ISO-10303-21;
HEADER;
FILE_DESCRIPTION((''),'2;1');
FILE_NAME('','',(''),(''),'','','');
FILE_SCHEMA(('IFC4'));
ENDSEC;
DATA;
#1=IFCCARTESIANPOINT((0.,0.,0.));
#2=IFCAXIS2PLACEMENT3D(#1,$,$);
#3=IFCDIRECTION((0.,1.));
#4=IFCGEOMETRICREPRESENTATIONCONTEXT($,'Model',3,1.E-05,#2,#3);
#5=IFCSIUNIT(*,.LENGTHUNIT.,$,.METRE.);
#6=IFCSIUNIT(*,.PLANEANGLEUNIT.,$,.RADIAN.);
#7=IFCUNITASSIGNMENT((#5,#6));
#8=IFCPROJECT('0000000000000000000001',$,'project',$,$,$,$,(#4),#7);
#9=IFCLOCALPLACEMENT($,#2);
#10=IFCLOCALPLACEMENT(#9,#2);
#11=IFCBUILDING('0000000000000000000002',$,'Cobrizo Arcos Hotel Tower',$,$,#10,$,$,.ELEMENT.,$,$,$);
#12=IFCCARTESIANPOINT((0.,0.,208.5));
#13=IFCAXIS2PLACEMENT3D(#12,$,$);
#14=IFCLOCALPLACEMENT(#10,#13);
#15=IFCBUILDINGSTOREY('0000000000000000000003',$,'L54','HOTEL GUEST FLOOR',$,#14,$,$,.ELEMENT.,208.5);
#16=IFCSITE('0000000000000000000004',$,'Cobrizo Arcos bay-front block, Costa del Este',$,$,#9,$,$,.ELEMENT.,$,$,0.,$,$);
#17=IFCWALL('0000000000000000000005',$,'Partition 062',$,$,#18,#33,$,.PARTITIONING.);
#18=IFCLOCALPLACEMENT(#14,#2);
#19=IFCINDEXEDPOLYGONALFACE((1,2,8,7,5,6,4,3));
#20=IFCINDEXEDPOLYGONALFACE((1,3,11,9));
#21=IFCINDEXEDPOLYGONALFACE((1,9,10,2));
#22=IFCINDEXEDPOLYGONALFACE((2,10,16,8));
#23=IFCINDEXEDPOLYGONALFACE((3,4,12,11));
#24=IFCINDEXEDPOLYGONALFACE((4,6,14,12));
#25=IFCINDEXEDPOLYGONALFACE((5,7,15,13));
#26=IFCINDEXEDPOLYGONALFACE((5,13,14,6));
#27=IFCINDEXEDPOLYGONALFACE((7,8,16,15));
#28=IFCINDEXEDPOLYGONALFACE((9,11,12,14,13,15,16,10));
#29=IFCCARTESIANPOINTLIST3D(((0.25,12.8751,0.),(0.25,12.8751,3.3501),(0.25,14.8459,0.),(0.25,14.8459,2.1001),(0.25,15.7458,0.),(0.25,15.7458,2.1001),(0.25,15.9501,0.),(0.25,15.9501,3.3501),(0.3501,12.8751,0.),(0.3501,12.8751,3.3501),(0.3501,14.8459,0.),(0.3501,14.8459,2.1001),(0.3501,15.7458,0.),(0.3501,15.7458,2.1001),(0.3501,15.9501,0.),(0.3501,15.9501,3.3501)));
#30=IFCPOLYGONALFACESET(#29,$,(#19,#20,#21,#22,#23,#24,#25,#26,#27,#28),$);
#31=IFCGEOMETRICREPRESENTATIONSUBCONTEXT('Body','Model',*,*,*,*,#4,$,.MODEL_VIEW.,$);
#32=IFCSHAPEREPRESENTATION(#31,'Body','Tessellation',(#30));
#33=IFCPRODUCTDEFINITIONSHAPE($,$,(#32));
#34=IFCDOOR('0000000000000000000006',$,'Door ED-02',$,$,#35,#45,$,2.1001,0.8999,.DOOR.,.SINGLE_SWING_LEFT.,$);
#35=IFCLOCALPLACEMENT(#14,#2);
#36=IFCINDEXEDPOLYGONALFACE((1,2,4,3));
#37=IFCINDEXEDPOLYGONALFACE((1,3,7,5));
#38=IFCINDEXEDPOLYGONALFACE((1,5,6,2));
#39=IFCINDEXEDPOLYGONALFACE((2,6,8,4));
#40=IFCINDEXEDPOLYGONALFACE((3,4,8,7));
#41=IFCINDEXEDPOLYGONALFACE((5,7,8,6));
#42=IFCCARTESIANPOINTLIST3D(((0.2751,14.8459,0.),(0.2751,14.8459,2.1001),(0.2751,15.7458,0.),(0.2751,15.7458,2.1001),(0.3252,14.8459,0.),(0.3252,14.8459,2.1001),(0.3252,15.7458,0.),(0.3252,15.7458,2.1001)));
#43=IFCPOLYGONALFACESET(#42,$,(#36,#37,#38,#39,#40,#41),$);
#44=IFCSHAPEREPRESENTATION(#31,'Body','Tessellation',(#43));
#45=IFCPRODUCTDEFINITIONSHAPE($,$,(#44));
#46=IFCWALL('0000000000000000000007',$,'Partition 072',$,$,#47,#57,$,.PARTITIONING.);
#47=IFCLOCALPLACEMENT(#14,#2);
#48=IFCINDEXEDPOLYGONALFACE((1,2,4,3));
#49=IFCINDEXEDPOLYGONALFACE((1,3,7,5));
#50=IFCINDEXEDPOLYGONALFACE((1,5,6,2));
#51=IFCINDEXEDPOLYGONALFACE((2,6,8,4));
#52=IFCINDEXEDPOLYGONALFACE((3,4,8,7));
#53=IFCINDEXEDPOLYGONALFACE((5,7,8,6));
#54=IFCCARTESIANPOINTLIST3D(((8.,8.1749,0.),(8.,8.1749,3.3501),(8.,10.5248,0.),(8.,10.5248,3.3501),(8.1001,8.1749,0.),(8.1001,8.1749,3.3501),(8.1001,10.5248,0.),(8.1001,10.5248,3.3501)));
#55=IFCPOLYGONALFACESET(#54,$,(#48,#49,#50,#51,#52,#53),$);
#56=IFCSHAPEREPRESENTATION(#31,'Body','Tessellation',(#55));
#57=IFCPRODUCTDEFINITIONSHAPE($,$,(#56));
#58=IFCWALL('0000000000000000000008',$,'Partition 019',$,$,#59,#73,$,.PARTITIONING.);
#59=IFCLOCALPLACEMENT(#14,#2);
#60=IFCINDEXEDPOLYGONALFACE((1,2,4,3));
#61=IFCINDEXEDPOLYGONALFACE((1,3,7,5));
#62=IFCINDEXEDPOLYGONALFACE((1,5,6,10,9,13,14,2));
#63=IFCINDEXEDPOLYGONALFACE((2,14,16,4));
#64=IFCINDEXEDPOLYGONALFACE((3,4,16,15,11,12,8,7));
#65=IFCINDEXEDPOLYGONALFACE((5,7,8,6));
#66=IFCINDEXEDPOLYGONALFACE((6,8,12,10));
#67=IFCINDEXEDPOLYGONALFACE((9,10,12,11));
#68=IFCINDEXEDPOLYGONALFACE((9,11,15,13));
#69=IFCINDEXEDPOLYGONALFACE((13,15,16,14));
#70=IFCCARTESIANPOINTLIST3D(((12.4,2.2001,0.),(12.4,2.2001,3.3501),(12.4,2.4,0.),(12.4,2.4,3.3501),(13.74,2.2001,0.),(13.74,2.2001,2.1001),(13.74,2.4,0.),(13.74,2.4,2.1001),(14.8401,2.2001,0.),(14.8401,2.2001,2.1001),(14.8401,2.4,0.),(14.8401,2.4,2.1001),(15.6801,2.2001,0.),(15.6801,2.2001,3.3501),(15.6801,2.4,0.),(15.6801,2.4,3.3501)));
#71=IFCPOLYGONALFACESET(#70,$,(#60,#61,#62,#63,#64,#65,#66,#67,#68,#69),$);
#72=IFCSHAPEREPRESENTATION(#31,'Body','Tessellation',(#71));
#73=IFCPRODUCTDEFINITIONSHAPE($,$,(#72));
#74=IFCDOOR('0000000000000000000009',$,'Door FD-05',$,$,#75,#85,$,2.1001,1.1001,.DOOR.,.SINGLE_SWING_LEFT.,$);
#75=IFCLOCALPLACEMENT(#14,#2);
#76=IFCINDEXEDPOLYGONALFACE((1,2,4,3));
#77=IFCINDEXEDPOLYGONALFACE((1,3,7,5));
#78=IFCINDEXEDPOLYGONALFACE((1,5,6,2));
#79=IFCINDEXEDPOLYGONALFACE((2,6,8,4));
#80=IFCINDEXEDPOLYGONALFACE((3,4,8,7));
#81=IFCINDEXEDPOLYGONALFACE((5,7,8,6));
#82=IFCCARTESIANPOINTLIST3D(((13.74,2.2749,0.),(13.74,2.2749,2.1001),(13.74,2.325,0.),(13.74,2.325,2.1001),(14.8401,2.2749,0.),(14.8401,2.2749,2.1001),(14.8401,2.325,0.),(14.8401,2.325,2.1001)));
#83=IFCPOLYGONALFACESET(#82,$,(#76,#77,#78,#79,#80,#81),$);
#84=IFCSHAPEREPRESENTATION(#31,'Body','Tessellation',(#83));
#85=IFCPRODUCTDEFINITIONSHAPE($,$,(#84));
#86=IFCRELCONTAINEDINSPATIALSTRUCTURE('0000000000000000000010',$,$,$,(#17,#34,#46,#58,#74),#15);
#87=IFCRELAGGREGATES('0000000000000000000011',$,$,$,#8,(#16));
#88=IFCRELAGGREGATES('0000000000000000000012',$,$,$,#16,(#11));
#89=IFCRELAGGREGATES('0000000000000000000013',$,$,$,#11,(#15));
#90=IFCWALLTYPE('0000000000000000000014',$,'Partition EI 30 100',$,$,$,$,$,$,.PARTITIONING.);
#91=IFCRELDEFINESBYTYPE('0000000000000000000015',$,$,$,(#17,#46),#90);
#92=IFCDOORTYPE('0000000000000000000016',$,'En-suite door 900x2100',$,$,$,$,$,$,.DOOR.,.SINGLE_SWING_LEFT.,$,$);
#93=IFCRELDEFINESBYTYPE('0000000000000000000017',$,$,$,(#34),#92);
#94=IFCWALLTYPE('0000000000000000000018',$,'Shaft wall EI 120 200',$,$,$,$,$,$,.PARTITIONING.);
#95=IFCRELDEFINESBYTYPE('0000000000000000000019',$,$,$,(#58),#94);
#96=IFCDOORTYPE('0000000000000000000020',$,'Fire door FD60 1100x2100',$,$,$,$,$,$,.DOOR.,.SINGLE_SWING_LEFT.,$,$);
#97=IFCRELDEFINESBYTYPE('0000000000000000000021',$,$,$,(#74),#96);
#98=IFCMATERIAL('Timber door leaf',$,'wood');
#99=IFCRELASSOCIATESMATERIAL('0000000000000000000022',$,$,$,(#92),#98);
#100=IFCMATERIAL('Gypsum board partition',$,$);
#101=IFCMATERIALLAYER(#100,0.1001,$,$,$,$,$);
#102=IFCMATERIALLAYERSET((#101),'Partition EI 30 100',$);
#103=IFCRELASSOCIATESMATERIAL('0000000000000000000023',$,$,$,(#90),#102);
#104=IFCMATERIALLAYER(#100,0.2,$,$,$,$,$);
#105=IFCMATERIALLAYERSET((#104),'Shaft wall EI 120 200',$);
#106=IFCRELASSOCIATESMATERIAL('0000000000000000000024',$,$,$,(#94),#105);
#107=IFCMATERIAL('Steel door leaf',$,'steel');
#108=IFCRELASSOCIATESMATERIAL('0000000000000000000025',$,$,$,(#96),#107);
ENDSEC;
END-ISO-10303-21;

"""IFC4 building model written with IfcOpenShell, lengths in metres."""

from ifc_helpers import new_model, si_unit, direction, frame, frame_2d, origin, place, context, subcontext, project, spatial, rectangle, extrude, material, layer, layer_set, type_object, element, fill, save


model = new_model("IFC4")

# Units and contexts
model_context = context("Model", 3, precision=1e-05, world=origin(), true_north=direction((0.0, 1.0)))
body_context = subcontext(model_context, "Body", "Model", "MODEL_VIEW")
ifc_project = project(units=[si_unit("LENGTHUNIT", "METRE"), si_unit("PLANEANGLEUNIT", "RADIAN")], contexts=[model_context])

# Site, building, storey
site_placement = place(None, origin())
site = spatial("IfcSite", under=ifc_project, at=site_placement, Name="Cobrizo Arcos bay-front block, Costa del Este", CompositionType="ELEMENT", RefElevation=0.0)
building_placement = place(site_placement, origin())
building = spatial("IfcBuilding", under=site, at=building_placement, Name="Cobrizo Arcos Hotel Tower", CompositionType="ELEMENT")
storey_placement = place(building_placement, frame((0.0, 0.0, 208.5)))
storey = spatial("IfcBuildingStorey", under=building, at=storey_placement, Name="L54", Description="HOTEL GUEST FLOOR", CompositionType="ELEMENT", Elevation=208.5)

# Shared definitions
ifc_material_1 = material(Name="Gypsum board partition")

# Shared definitions
ifc_material_2 = material(Name="Timber door leaf", Category="wood")
door_type_1 = type_object("IfcDoorType", Name="En-suite door 900x2100", OperationType="SINGLE_SWING_LEFT", PredefinedType="DOOR", material=ifc_material_2)

# Wall, opening, door
ifc_layer_1 = layer(ifc_material_1, 0.1001)
ifc_layer_set_1 = layer_set([ifc_layer_1], Name="Partition EI 30 100")
wall_type_1 = type_object("IfcWallType", Name="Partition EI 30 100", PredefinedType="PARTITIONING", material=ifc_layer_set_1)
wall_1_placement = place(storey_placement, frame((0.3, 12.875, 0.0), z_axis=(0.0, 0.0, 1.0), x_axis=(0.0, 1.0, 0.0)))
wall_1 = element("IfcWall", 1, at=wall_1_placement, inside=storey, type_object=wall_type_1, Name="Partition 062", PredefinedType="PARTITIONING", context=body_context, shape_type="SweptSolid", body=[
    extrude(rectangle(XDim=3.075, YDim=0.1001, at=frame_2d((1.5376, 0.0))), origin(), (0.0, 0.0, 1.0), 3.3501),
])
opening_1_placement = place(wall_1_placement, frame((1.9709, 0.0, 0.0)))
opening_1 = element("IfcOpeningElement", 2, at=opening_1_placement, cuts=wall_1, PredefinedType="OPENING", context=body_context, shape_type="SweptSolid", body=[
    extrude(rectangle(XDim=0.8999, YDim=2.1001, at=frame_2d((0.45, 1.05))), frame((0.0, 0.062, 0.0), z_axis=(0.0, -1.0, 0.0), x_axis=(1.0, 0.0, 0.0)), (0.0, 0.0, 1.0), 0.124),
])
door_1_placement = place(opening_1_placement, origin())
door_1 = element("IfcDoor", 3, at=door_1_placement, inside=storey, type_object=door_type_1, Name="Door ED-02", OperationType="SINGLE_SWING_LEFT", OverallHeight=2.1001, OverallWidth=0.8999, PredefinedType="DOOR", context=body_context, shape_type="SweptSolid", body=[
    extrude(rectangle(XDim=0.8999, YDim=2.1001, at=frame_2d((0.45, 1.05))), frame((0.0, 0.0249, 0.0), z_axis=(0.0, -1.0, 0.0), x_axis=(1.0, 0.0, 0.0)), (0.0, 0.0, 1.0), 0.05),
])
fill(opening_1, door_1)

# Wall
wall_2_placement = place(storey_placement, frame((8.05, 8.175, 0.0), z_axis=(0.0, 0.0, 1.0), x_axis=(0.0, 1.0, 0.0)))
element("IfcWall", 4, at=wall_2_placement, inside=storey, type_object=wall_type_1, Name="Partition 072", PredefinedType="PARTITIONING", context=body_context, shape_type="SweptSolid", body=[
    extrude(rectangle(XDim=2.3499, YDim=0.1001, at=frame_2d((1.1748, 0.0))), origin(), (0.0, 0.0, 1.0), 3.3501),
])

# Wall, opening, door
ifc_layer_2 = layer(ifc_material_1, 0.2)
ifc_layer_set_2 = layer_set([ifc_layer_2], Name="Shaft wall EI 120 200")
wall_type_2 = type_object("IfcWallType", Name="Shaft wall EI 120 200", PredefinedType="PARTITIONING", material=ifc_layer_set_2)
wall_3_placement = place(storey_placement, frame((12.3999, 2.3, 0.0), z_axis=(0.0, 0.0, 1.0), x_axis=(1.0, 0.0, 0.0)))
wall_3 = element("IfcWall", 5, at=wall_3_placement, inside=storey, type_object=wall_type_2, Name="Partition 019", PredefinedType="PARTITIONING", context=body_context, shape_type="SweptSolid", body=[
    extrude(rectangle(XDim=3.28, YDim=0.2, at=frame_2d((1.6401, 0.0))), origin(), (0.0, 0.0, 1.0), 3.3501),
])
opening_2_placement = place(wall_3_placement, frame((1.3401, 0.0, 0.0)))
opening_2 = element("IfcOpeningElement", 6, at=opening_2_placement, cuts=wall_3, PredefinedType="OPENING", context=body_context, shape_type="SweptSolid", body=[
    extrude(rectangle(XDim=1.1001, YDim=2.1001, at=frame_2d((0.55, 1.05))), frame((0.0, 0.1121, 0.0), z_axis=(0.0, -1.0, 0.0), x_axis=(1.0, 0.0, 0.0)), (0.0, 0.0, 1.0), 0.2239),
])
ifc_material_3 = material(Name="Steel door leaf", Category="steel")
door_type_2 = type_object("IfcDoorType", Name="Fire door FD60 1100x2100", OperationType="SINGLE_SWING_LEFT", PredefinedType="DOOR", material=ifc_material_3)
door_2_placement = place(opening_2_placement, origin())
door_2 = element("IfcDoor", 7, at=door_2_placement, inside=storey, type_object=door_type_2, Name="Door FD-05", OperationType="SINGLE_SWING_LEFT", OverallHeight=2.1001, OverallWidth=1.1001, PredefinedType="DOOR", context=body_context, shape_type="SweptSolid", body=[
    extrude(rectangle(XDim=1.1001, YDim=2.1001, at=frame_2d((0.55, 1.05))), frame((0.0, 0.0249, 0.0), z_axis=(0.0, -1.0, 0.0), x_axis=(1.0, 0.0, 0.0)), (0.0, 0.0, 1.0), 0.05),
])
fill(opening_2, door_2)

save(model, "model.ifc")
